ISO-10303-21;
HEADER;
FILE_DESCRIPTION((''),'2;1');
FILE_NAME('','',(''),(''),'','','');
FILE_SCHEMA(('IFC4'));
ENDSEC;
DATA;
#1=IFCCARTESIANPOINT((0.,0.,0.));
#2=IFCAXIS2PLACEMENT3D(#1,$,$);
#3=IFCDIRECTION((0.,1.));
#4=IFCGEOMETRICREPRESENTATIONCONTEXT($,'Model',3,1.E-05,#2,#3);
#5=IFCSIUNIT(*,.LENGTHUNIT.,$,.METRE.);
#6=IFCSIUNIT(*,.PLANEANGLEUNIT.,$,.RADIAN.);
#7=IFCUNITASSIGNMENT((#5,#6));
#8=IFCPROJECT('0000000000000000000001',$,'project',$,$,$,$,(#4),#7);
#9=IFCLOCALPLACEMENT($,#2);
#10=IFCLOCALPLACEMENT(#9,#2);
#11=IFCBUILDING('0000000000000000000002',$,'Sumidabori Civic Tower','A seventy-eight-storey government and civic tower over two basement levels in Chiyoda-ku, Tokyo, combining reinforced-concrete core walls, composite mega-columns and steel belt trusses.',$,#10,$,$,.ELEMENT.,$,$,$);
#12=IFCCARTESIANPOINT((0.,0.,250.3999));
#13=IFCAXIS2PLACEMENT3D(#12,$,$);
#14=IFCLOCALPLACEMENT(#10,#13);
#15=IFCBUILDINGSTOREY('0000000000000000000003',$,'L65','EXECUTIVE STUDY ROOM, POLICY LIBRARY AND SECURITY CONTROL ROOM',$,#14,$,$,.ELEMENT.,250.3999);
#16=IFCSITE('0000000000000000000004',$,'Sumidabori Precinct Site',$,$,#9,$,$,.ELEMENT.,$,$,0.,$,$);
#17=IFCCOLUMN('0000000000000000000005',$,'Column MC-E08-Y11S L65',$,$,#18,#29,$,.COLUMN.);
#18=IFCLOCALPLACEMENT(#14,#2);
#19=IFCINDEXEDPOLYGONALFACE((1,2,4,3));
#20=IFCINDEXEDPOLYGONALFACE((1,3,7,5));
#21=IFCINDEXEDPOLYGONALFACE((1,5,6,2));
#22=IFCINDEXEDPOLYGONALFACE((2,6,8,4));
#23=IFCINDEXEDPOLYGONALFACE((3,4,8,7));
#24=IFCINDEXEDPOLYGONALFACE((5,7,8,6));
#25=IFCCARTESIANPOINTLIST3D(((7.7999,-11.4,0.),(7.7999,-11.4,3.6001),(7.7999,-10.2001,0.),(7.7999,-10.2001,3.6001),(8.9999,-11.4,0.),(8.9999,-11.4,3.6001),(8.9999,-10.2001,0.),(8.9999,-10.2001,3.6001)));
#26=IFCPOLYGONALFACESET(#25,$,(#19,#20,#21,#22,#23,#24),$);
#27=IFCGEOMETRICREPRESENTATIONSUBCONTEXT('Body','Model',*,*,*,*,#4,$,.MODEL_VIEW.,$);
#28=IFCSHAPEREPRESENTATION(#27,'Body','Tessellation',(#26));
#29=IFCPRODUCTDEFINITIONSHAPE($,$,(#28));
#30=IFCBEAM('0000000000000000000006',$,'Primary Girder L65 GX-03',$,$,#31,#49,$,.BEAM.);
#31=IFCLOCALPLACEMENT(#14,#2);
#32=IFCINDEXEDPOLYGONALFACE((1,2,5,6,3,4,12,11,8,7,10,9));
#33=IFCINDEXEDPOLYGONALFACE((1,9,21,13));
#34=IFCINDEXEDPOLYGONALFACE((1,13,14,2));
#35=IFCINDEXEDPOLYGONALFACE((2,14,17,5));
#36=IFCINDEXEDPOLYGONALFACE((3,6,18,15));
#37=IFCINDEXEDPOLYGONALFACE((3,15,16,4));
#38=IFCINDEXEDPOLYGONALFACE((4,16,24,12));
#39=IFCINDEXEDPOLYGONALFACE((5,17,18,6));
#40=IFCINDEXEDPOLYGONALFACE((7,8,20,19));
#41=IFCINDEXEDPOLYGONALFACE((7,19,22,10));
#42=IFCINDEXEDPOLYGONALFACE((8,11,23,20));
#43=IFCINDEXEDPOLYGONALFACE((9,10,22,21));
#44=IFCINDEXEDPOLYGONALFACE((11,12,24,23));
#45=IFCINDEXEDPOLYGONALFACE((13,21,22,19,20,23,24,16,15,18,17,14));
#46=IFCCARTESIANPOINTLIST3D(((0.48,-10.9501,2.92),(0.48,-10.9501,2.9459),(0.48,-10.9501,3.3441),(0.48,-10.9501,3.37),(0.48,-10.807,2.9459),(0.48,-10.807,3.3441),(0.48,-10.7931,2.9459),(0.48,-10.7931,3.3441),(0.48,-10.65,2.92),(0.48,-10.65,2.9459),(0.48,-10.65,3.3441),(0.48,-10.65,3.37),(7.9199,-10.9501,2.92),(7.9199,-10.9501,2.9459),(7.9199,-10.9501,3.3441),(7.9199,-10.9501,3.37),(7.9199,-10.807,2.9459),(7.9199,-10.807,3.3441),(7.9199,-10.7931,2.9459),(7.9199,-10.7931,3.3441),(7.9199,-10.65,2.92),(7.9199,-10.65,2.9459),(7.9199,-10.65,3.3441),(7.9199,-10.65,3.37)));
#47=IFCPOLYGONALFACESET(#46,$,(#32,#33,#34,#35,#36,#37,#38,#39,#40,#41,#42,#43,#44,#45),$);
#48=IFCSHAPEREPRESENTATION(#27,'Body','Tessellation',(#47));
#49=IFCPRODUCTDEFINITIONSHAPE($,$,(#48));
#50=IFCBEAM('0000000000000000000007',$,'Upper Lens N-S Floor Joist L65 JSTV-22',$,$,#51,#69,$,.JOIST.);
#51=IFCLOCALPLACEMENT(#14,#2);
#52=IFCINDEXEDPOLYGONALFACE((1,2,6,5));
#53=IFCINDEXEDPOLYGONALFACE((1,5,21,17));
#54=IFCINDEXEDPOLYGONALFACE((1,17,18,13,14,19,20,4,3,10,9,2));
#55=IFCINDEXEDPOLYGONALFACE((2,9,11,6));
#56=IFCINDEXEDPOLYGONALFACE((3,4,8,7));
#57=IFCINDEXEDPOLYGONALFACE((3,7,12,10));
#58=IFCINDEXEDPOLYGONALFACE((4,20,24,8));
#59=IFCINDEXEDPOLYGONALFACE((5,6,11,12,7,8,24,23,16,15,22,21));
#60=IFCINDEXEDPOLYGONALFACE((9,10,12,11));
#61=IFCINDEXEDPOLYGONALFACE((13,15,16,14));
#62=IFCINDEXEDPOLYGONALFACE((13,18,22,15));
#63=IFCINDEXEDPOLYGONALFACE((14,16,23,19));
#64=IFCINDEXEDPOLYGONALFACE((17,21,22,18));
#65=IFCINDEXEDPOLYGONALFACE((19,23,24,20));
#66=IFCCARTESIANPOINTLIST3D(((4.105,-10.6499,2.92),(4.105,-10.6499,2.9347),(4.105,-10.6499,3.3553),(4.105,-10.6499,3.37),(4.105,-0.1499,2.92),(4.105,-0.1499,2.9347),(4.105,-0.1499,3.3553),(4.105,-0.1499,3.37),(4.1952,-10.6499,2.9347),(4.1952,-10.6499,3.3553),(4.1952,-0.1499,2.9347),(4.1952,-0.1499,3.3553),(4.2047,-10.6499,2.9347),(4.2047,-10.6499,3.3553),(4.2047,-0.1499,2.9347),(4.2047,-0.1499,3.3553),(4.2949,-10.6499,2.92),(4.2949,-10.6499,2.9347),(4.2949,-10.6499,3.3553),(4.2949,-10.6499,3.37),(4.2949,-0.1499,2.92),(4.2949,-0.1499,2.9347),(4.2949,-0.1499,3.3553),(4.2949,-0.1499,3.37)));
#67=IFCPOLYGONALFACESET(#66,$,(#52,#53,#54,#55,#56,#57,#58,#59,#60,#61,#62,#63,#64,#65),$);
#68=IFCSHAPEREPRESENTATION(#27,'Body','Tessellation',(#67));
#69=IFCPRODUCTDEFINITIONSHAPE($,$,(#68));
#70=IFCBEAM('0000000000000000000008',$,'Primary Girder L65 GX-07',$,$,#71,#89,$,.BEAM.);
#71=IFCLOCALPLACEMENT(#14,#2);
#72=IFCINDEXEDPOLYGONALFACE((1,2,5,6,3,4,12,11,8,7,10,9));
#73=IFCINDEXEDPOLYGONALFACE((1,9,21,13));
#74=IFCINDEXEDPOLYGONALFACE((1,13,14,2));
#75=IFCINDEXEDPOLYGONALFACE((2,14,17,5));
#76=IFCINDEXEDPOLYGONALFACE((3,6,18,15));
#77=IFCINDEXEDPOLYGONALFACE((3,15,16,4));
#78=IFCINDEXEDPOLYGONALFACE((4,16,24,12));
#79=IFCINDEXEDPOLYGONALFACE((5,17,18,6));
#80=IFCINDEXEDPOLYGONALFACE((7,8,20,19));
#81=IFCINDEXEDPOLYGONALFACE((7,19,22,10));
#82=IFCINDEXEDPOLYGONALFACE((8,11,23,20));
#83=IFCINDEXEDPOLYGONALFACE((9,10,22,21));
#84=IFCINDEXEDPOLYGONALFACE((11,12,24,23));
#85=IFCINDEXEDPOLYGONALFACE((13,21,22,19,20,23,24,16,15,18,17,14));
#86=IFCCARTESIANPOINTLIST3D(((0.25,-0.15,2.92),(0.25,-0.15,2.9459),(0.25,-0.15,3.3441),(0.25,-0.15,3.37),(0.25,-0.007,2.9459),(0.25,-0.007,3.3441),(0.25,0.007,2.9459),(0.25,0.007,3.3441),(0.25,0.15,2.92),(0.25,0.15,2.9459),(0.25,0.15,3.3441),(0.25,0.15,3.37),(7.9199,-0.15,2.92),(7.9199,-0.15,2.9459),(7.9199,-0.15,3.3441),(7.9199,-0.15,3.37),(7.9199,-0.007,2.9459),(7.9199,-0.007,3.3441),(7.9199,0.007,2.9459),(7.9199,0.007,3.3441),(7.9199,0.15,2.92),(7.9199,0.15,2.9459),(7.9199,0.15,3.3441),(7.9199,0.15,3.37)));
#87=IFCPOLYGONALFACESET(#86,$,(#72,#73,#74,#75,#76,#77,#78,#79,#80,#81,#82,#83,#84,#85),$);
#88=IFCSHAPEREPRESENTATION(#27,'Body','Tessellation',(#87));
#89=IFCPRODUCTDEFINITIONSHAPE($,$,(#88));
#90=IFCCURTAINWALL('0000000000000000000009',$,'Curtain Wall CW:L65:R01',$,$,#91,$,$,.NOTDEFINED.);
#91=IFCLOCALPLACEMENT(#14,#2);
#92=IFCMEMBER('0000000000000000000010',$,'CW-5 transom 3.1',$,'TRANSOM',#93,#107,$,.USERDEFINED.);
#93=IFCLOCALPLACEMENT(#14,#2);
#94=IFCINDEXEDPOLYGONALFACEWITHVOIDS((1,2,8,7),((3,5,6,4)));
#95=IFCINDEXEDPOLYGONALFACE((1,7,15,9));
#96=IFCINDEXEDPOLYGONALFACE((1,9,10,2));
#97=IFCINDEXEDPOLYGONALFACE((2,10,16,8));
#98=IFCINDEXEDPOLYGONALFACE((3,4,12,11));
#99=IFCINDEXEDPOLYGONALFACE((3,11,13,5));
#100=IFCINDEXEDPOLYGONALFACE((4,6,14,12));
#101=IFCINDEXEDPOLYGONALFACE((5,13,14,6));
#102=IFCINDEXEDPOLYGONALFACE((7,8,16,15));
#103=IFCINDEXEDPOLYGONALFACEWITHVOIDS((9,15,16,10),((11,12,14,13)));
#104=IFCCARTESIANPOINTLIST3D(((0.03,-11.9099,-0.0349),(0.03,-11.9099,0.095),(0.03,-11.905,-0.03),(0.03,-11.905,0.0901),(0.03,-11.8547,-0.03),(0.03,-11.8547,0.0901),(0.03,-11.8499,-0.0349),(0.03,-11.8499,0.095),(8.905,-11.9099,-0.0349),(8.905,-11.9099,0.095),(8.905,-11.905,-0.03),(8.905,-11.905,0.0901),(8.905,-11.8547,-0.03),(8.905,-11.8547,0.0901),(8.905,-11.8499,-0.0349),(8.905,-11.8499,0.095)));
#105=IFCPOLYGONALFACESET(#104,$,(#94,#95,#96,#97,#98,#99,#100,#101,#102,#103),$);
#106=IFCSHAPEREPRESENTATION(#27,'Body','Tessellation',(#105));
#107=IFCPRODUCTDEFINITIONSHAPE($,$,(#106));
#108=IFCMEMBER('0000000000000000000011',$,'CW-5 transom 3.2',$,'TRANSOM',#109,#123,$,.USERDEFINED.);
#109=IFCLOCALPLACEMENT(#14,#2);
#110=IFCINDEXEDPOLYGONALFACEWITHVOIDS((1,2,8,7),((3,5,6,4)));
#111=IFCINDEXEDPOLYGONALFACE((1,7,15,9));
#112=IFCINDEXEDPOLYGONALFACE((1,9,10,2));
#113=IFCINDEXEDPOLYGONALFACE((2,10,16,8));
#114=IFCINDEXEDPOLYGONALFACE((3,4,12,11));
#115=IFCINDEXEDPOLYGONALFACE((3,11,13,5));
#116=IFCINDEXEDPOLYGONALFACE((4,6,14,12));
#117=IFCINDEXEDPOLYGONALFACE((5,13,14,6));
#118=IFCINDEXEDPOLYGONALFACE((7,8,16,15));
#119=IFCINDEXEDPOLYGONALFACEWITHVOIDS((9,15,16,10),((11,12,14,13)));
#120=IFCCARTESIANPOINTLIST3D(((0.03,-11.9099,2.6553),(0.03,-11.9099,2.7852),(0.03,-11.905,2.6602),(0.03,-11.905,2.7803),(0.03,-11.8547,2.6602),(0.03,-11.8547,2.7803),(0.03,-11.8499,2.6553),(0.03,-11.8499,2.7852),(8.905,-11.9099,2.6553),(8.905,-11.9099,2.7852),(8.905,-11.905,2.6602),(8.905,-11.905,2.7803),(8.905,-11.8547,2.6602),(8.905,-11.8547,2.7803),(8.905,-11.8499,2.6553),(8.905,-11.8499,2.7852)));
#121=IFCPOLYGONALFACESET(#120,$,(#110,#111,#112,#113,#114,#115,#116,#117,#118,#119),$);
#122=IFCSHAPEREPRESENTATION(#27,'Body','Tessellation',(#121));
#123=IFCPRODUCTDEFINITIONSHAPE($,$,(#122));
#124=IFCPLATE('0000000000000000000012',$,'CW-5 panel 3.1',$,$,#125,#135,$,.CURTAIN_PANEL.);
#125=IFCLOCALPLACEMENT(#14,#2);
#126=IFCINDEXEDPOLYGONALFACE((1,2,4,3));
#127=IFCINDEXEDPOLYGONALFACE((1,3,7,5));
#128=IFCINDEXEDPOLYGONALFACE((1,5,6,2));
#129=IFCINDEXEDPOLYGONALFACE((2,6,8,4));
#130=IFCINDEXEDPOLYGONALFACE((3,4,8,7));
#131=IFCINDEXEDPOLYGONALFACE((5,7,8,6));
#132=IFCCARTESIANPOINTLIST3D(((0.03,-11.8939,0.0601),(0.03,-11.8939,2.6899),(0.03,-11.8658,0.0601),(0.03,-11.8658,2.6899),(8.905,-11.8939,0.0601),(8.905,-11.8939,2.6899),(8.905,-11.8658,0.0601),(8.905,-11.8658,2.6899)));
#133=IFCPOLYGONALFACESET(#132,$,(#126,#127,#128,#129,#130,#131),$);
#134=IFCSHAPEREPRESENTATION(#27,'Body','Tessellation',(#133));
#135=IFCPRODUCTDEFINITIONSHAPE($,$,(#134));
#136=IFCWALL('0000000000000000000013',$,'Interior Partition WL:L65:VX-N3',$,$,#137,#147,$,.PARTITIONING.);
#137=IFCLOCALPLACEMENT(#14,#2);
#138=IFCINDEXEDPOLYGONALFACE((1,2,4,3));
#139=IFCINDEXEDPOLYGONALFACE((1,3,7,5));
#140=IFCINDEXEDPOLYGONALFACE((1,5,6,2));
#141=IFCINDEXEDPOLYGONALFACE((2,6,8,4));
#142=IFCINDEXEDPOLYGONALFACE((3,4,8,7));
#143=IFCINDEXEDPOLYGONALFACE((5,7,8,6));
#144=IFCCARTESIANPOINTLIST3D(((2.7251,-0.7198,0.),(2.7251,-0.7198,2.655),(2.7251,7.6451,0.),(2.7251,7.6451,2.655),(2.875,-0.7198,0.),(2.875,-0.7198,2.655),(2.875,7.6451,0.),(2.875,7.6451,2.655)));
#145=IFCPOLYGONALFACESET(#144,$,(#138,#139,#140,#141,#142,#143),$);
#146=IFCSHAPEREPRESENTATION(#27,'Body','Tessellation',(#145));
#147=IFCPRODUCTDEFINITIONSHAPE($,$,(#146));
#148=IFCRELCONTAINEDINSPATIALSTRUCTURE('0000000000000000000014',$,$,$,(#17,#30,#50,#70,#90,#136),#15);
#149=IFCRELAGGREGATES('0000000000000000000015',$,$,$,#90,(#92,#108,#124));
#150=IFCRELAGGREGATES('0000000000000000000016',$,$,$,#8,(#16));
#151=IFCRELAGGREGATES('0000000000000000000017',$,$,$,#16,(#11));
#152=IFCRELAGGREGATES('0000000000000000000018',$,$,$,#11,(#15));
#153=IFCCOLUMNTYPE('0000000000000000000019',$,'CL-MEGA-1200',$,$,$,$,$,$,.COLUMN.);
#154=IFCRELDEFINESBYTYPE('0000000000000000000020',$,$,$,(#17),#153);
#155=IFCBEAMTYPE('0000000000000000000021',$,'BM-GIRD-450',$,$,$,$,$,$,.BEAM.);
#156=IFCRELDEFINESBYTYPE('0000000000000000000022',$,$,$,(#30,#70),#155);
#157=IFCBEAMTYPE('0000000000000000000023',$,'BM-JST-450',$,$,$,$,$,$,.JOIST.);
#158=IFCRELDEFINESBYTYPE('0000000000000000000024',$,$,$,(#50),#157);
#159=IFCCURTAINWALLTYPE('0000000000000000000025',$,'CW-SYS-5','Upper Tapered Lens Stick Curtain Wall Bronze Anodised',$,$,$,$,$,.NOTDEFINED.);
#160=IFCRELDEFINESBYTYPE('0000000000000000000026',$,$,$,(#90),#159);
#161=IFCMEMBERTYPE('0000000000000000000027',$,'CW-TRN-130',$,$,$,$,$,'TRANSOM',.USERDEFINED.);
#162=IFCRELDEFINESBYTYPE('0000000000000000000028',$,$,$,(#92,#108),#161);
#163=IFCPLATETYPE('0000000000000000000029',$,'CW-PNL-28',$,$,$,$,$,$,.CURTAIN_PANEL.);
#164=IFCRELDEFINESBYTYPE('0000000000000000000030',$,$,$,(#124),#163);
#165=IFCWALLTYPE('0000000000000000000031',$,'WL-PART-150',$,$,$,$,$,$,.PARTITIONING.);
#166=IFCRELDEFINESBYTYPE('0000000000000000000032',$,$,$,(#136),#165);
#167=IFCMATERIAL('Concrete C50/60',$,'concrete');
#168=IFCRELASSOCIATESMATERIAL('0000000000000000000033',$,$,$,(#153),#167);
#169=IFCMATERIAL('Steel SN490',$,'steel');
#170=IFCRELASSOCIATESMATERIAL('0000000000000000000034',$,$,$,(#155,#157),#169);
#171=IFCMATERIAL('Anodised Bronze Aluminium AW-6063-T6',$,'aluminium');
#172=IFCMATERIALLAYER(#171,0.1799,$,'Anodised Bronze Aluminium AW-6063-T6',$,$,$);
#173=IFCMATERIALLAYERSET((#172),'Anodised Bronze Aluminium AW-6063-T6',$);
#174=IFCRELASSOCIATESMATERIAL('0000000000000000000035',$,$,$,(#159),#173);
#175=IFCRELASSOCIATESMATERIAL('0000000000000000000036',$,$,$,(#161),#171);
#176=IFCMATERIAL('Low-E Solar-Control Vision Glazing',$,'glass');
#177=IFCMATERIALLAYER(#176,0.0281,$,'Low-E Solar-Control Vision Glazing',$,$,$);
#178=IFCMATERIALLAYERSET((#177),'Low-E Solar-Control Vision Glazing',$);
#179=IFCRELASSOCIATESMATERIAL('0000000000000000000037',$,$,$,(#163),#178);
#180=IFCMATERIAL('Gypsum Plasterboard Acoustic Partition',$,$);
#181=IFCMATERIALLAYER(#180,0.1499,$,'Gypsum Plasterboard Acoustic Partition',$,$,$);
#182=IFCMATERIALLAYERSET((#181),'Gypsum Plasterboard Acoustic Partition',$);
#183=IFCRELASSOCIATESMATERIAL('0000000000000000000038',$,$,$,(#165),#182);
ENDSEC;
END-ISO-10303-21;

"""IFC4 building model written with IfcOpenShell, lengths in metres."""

from ifc_helpers import new_model, si_unit, direction, frame, frame_2d, origin, origin_2d, place, context, subcontext, project, spatial, rectangle, hollow_rectangle, i_section, extrude, source, transform, mapped, material, layer, layer_set, material_profile, profile_set, type_object, element, aggregate, save


model = new_model("IFC4")

# Units and contexts
model_context = context("Model", 3, precision=1e-05, world=origin(), true_north=direction((0.0, 1.0)))
body_context = subcontext(model_context, "Body", "Model", "MODEL_VIEW")
ifc_project = project(units=[si_unit("LENGTHUNIT", "METRE"), si_unit("PLANEANGLEUNIT", "RADIAN")], contexts=[model_context])

# Site, building, storey
site_placement = place(None, origin())
site = spatial("IfcSite", under=ifc_project, at=site_placement, Name="Sumidabori Precinct Site", CompositionType="ELEMENT", RefElevation=0.0)
building_placement = place(site_placement, origin())
building = spatial("IfcBuilding", under=site, at=building_placement, Name="Sumidabori Civic Tower", Description="A seventy-eight-storey government and civic tower over two basement levels in Chiyoda-ku, Tokyo, combining reinforced-concrete core walls, composite mega-columns and steel belt trusses.", CompositionType="ELEMENT")
storey_placement = place(building_placement, frame((0.0, 0.0, 250.3999)))
storey = spatial("IfcBuildingStorey", under=building, at=storey_placement, Name="L65", Description="EXECUTIVE STUDY ROOM, POLICY LIBRARY AND SECURITY CONTROL ROOM", CompositionType="ELEMENT", Elevation=250.3999)

# Column
ifc_material_1 = material(Name="Concrete C50/60", Category="concrete")
ifc_material_profile_1 = material_profile(ifc_material_1, rectangle(XDim=1.2, YDim=1.2, at=origin_2d()), Name="RC 1200x1200")
ifc_profile_set_1 = profile_set([ifc_material_profile_1], Name="Concrete C50/60")
column_type = type_object("IfcColumnType", Name="CL-MEGA-1200", PredefinedType="COLUMN", material=ifc_profile_set_1)
shared_shape_1 = source(origin(), body_context, "Body", "SweptSolid", [
    extrude(rectangle(XDim=1.2, YDim=1.2, at=origin_2d()), origin(), (0.0, 0.0, 1.0), 3.6001),
])
column_placement = place(storey_placement, frame((8.3999, -10.8, 0.0), z_axis=(0.0, 0.0, 1.0), x_axis=(1.0, 0.0, 0.0)))
element("IfcColumn", 1, at=column_placement, inside=storey, type_object=column_type, Name="Column MC-E08-Y11S L65", PredefinedType="COLUMN", context=body_context, shape_type="MappedRepresentation", body=[
    mapped(shared_shape_1, transform((0.0, 0.0, 0.0), x_axis=(1.0, 0.0, 0.0), y_axis=(0.0, 1.0, 0.0), z_axis=(0.0, 0.0, 1.0), scale=1.0)),
])

# Beams
ifc_material_2 = material(Name="Steel SN490", Category="steel")
ifc_material_profile_2 = material_profile(ifc_material_2, i_section(OverallWidth=0.3, OverallDepth=0.45, WebThickness=0.0139, FlangeThickness=0.0259, at=origin_2d()), Name="HE 450 B")
ifc_profile_set_2 = profile_set([ifc_material_profile_2], Name="Steel SN490")
beam_type_1 = type_object("IfcBeamType", Name="BM-GIRD-450", PredefinedType="BEAM", material=ifc_profile_set_2)
shared_shape_2 = source(origin(), body_context, "Body", "SweptSolid", [
    extrude(i_section(OverallWidth=0.3, OverallDepth=0.45, WebThickness=0.0139, FlangeThickness=0.0259, at=origin_2d()), origin(), (0.0, 0.0, 1.0), 7.4399),
])
beam_1_placement = place(storey_placement, frame((0.48, -10.8, 3.145), z_axis=(1.0, 0.0, 0.0), x_axis=(0.0, 1.0, 0.0)))
element("IfcBeam", 2, at=beam_1_placement, inside=storey, type_object=beam_type_1, Name="Primary Girder L65 GX-03", PredefinedType="BEAM", context=body_context, shape_type="MappedRepresentation", body=[
    mapped(shared_shape_2, transform((0.0, 0.0, 0.0), x_axis=(1.0, 0.0, 0.0), y_axis=(0.0, 1.0, 0.0), z_axis=(0.0, 0.0, 1.0), scale=1.0)),
])
ifc_material_profile_3 = material_profile(ifc_material_2, i_section(OverallWidth=0.1899, OverallDepth=0.45, WebThickness=0.0095, FlangeThickness=0.0146, at=origin_2d()), Name="IPE 450")
ifc_profile_set_3 = profile_set([ifc_material_profile_3], Name="Steel SN490")
beam_type_2 = type_object("IfcBeamType", Name="BM-JST-450", PredefinedType="JOIST", material=ifc_profile_set_3)
shared_shape_3 = source(origin(), body_context, "Body", "SweptSolid", [
    extrude(i_section(OverallWidth=0.1899, OverallDepth=0.45, WebThickness=0.0095, FlangeThickness=0.0146, at=origin_2d()), origin(), (0.0, 0.0, 1.0), 10.5),
])
beam_2_placement = place(storey_placement, frame((4.2, -10.6499, 3.145), z_axis=(0.0, 1.0, 0.0), x_axis=(-1.0, 0.0, 0.0)))
element("IfcBeam", 3, at=beam_2_placement, inside=storey, type_object=beam_type_2, Name="Upper Lens N-S Floor Joist L65 JSTV-22", PredefinedType="JOIST", context=body_context, shape_type="MappedRepresentation", body=[
    mapped(shared_shape_3, transform((0.0, 0.0, 0.0), x_axis=(1.0, 0.0, 0.0), y_axis=(0.0, 1.0, 0.0), z_axis=(0.0, 0.0, 1.0), scale=1.0)),
])
shared_shape_4 = source(origin(), body_context, "Body", "SweptSolid", [
    extrude(i_section(OverallWidth=0.3, OverallDepth=0.45, WebThickness=0.0139, FlangeThickness=0.0259, at=origin_2d()), origin(), (0.0, 0.0, 1.0), 7.6699),
])
beam_3_placement = place(storey_placement, frame((0.25, 0.0, 3.145), z_axis=(1.0, 0.0, 0.0), x_axis=(0.0, 1.0, 0.0)))
element("IfcBeam", 4, at=beam_3_placement, inside=storey, type_object=beam_type_1, Name="Primary Girder L65 GX-07", PredefinedType="BEAM", context=body_context, shape_type="MappedRepresentation", body=[
    mapped(shared_shape_4, transform((0.0, 0.0, 0.0), x_axis=(1.0, 0.0, 0.0), y_axis=(0.0, 1.0, 0.0), z_axis=(0.0, 0.0, 1.0), scale=1.0)),
])

# Curtain wall, members, plate
ifc_material_3 = material(Name="Anodised Bronze Aluminium AW-6063-T6", Category="aluminium")
ifc_layer_1 = layer(ifc_material_3, 0.1799, Name="Anodised Bronze Aluminium AW-6063-T6")
ifc_layer_set_1 = layer_set([ifc_layer_1], Name="Anodised Bronze Aluminium AW-6063-T6")
curtain_wall_type = type_object("IfcCurtainWallType", Name="CW-SYS-5", Description="Upper Tapered Lens Stick Curtain Wall Bronze Anodised", PredefinedType="NOTDEFINED", material=ifc_layer_set_1)
curtain_wall_placement = place(storey_placement, origin())
curtain_wall = element("IfcCurtainWall", 5, at=curtain_wall_placement, inside=storey, type_object=curtain_wall_type, Name="Curtain Wall CW:L65:R01", PredefinedType="NOTDEFINED")
ifc_material_profile_4 = material_profile(ifc_material_3, hollow_rectangle(XDim=0.0601, YDim=0.1299, WallThickness=0.0049, at=origin_2d()), Name="ALU TRANSOM 130x60")
ifc_profile_set_4 = profile_set([ifc_material_profile_4], Name="Anodised Bronze Aluminium AW-6063-T6")
member_type = type_object("IfcMemberType", Name="CW-TRN-130", ElementType="TRANSOM", PredefinedType="USERDEFINED", material=ifc_profile_set_4)
shared_shape_5 = source(origin(), body_context, "Body", "SweptSolid", [
    extrude(hollow_rectangle(XDim=0.0601, YDim=0.1299, WallThickness=0.0049, at=origin_2d()), origin(), (0.0, 0.0, 1.0), 8.875),
])
member_1_placement = place(storey_placement, frame((0.03, -11.8799, 0.03), z_axis=(1.0, 0.0, 0.0), x_axis=(0.0, 1.0, 0.0)))
member_1 = element("IfcMember", 6, at=member_1_placement, type_object=member_type, Name="CW-5 transom 3.1", ObjectType="TRANSOM", PredefinedType="USERDEFINED", context=body_context, shape_type="MappedRepresentation", body=[
    mapped(shared_shape_5, transform((0.0, 0.0, 0.0), x_axis=(1.0, 0.0, 0.0), y_axis=(0.0, 1.0, 0.0), z_axis=(0.0, 0.0, 1.0), scale=1.0)),
])
member_2_placement = place(storey_placement, frame((0.03, -11.8799, 2.7202), z_axis=(1.0, 0.0, 0.0), x_axis=(0.0, 1.0, 0.0)))
member_2 = element("IfcMember", 7, at=member_2_placement, type_object=member_type, Name="CW-5 transom 3.2", ObjectType="TRANSOM", PredefinedType="USERDEFINED", context=body_context, shape_type="MappedRepresentation", body=[
    mapped(shared_shape_5, transform((0.0, 0.0, 0.0), x_axis=(1.0, 0.0, 0.0), y_axis=(0.0, 1.0, 0.0), z_axis=(0.0, 0.0, 1.0), scale=1.0)),
])
ifc_material_4 = material(Name="Low-E Solar-Control Vision Glazing", Category="glass")
ifc_layer_2 = layer(ifc_material_4, 0.0281, Name="Low-E Solar-Control Vision Glazing")
ifc_layer_set_2 = layer_set([ifc_layer_2], Name="Low-E Solar-Control Vision Glazing")
plate_type = type_object("IfcPlateType", Name="CW-PNL-28", PredefinedType="CURTAIN_PANEL", material=ifc_layer_set_2)
shared_shape_6 = source(origin(), body_context, "Body", "SweptSolid", [
    extrude(rectangle(XDim=8.875, YDim=0.0281, at=origin_2d()), origin(), (0.0, 0.0, 1.0), 2.6299),
])
plate_placement = place(storey_placement, frame((4.4675, -11.8799, 0.0601), z_axis=(0.0, 0.0, 1.0), x_axis=(1.0, 0.0, 0.0)))
plate = element("IfcPlate", 8, at=plate_placement, type_object=plate_type, Name="CW-5 panel 3.1", PredefinedType="CURTAIN_PANEL", context=body_context, shape_type="MappedRepresentation", body=[
    mapped(shared_shape_6, transform((0.0, 0.0, 0.0), x_axis=(1.0, 0.0, 0.0), y_axis=(0.0, 1.0, 0.0), z_axis=(0.0, 0.0, 1.0), scale=1.0)),
])
aggregate(curtain_wall, [member_1, member_2, plate])

# Wall
ifc_material_5 = material(Name="Gypsum Plasterboard Acoustic Partition")
ifc_layer_3 = layer(ifc_material_5, 0.1499, Name="Gypsum Plasterboard Acoustic Partition")
ifc_layer_set_3 = layer_set([ifc_layer_3], Name="Gypsum Plasterboard Acoustic Partition")
wall_type = type_object("IfcWallType", Name="WL-PART-150", PredefinedType="PARTITIONING", material=ifc_layer_set_3)
shared_shape_7 = source(origin(), body_context, "Body", "SweptSolid", [
    extrude(rectangle(XDim=8.365, YDim=0.1499, at=frame_2d((4.1826, 0.0))), origin(), (0.0, 0.0, 1.0), 2.655),
])
wall_placement = place(storey_placement, frame((2.8, -0.72, 0.0), z_axis=(0.0, 0.0, 1.0), x_axis=(0.0, 1.0, 0.0)))
element("IfcWall", 9, at=wall_placement, inside=storey, type_object=wall_type, Name="Interior Partition WL:L65:VX-N3", PredefinedType="PARTITIONING", context=body_context, shape_type="MappedRepresentation", body=[
    mapped(shared_shape_7, transform((0.0, 0.0, 0.0), x_axis=(1.0, 0.0, 0.0), y_axis=(0.0, 1.0, 0.0), z_axis=(0.0, 0.0, 1.0), scale=1.0)),
])

save(model, "model.ifc")
